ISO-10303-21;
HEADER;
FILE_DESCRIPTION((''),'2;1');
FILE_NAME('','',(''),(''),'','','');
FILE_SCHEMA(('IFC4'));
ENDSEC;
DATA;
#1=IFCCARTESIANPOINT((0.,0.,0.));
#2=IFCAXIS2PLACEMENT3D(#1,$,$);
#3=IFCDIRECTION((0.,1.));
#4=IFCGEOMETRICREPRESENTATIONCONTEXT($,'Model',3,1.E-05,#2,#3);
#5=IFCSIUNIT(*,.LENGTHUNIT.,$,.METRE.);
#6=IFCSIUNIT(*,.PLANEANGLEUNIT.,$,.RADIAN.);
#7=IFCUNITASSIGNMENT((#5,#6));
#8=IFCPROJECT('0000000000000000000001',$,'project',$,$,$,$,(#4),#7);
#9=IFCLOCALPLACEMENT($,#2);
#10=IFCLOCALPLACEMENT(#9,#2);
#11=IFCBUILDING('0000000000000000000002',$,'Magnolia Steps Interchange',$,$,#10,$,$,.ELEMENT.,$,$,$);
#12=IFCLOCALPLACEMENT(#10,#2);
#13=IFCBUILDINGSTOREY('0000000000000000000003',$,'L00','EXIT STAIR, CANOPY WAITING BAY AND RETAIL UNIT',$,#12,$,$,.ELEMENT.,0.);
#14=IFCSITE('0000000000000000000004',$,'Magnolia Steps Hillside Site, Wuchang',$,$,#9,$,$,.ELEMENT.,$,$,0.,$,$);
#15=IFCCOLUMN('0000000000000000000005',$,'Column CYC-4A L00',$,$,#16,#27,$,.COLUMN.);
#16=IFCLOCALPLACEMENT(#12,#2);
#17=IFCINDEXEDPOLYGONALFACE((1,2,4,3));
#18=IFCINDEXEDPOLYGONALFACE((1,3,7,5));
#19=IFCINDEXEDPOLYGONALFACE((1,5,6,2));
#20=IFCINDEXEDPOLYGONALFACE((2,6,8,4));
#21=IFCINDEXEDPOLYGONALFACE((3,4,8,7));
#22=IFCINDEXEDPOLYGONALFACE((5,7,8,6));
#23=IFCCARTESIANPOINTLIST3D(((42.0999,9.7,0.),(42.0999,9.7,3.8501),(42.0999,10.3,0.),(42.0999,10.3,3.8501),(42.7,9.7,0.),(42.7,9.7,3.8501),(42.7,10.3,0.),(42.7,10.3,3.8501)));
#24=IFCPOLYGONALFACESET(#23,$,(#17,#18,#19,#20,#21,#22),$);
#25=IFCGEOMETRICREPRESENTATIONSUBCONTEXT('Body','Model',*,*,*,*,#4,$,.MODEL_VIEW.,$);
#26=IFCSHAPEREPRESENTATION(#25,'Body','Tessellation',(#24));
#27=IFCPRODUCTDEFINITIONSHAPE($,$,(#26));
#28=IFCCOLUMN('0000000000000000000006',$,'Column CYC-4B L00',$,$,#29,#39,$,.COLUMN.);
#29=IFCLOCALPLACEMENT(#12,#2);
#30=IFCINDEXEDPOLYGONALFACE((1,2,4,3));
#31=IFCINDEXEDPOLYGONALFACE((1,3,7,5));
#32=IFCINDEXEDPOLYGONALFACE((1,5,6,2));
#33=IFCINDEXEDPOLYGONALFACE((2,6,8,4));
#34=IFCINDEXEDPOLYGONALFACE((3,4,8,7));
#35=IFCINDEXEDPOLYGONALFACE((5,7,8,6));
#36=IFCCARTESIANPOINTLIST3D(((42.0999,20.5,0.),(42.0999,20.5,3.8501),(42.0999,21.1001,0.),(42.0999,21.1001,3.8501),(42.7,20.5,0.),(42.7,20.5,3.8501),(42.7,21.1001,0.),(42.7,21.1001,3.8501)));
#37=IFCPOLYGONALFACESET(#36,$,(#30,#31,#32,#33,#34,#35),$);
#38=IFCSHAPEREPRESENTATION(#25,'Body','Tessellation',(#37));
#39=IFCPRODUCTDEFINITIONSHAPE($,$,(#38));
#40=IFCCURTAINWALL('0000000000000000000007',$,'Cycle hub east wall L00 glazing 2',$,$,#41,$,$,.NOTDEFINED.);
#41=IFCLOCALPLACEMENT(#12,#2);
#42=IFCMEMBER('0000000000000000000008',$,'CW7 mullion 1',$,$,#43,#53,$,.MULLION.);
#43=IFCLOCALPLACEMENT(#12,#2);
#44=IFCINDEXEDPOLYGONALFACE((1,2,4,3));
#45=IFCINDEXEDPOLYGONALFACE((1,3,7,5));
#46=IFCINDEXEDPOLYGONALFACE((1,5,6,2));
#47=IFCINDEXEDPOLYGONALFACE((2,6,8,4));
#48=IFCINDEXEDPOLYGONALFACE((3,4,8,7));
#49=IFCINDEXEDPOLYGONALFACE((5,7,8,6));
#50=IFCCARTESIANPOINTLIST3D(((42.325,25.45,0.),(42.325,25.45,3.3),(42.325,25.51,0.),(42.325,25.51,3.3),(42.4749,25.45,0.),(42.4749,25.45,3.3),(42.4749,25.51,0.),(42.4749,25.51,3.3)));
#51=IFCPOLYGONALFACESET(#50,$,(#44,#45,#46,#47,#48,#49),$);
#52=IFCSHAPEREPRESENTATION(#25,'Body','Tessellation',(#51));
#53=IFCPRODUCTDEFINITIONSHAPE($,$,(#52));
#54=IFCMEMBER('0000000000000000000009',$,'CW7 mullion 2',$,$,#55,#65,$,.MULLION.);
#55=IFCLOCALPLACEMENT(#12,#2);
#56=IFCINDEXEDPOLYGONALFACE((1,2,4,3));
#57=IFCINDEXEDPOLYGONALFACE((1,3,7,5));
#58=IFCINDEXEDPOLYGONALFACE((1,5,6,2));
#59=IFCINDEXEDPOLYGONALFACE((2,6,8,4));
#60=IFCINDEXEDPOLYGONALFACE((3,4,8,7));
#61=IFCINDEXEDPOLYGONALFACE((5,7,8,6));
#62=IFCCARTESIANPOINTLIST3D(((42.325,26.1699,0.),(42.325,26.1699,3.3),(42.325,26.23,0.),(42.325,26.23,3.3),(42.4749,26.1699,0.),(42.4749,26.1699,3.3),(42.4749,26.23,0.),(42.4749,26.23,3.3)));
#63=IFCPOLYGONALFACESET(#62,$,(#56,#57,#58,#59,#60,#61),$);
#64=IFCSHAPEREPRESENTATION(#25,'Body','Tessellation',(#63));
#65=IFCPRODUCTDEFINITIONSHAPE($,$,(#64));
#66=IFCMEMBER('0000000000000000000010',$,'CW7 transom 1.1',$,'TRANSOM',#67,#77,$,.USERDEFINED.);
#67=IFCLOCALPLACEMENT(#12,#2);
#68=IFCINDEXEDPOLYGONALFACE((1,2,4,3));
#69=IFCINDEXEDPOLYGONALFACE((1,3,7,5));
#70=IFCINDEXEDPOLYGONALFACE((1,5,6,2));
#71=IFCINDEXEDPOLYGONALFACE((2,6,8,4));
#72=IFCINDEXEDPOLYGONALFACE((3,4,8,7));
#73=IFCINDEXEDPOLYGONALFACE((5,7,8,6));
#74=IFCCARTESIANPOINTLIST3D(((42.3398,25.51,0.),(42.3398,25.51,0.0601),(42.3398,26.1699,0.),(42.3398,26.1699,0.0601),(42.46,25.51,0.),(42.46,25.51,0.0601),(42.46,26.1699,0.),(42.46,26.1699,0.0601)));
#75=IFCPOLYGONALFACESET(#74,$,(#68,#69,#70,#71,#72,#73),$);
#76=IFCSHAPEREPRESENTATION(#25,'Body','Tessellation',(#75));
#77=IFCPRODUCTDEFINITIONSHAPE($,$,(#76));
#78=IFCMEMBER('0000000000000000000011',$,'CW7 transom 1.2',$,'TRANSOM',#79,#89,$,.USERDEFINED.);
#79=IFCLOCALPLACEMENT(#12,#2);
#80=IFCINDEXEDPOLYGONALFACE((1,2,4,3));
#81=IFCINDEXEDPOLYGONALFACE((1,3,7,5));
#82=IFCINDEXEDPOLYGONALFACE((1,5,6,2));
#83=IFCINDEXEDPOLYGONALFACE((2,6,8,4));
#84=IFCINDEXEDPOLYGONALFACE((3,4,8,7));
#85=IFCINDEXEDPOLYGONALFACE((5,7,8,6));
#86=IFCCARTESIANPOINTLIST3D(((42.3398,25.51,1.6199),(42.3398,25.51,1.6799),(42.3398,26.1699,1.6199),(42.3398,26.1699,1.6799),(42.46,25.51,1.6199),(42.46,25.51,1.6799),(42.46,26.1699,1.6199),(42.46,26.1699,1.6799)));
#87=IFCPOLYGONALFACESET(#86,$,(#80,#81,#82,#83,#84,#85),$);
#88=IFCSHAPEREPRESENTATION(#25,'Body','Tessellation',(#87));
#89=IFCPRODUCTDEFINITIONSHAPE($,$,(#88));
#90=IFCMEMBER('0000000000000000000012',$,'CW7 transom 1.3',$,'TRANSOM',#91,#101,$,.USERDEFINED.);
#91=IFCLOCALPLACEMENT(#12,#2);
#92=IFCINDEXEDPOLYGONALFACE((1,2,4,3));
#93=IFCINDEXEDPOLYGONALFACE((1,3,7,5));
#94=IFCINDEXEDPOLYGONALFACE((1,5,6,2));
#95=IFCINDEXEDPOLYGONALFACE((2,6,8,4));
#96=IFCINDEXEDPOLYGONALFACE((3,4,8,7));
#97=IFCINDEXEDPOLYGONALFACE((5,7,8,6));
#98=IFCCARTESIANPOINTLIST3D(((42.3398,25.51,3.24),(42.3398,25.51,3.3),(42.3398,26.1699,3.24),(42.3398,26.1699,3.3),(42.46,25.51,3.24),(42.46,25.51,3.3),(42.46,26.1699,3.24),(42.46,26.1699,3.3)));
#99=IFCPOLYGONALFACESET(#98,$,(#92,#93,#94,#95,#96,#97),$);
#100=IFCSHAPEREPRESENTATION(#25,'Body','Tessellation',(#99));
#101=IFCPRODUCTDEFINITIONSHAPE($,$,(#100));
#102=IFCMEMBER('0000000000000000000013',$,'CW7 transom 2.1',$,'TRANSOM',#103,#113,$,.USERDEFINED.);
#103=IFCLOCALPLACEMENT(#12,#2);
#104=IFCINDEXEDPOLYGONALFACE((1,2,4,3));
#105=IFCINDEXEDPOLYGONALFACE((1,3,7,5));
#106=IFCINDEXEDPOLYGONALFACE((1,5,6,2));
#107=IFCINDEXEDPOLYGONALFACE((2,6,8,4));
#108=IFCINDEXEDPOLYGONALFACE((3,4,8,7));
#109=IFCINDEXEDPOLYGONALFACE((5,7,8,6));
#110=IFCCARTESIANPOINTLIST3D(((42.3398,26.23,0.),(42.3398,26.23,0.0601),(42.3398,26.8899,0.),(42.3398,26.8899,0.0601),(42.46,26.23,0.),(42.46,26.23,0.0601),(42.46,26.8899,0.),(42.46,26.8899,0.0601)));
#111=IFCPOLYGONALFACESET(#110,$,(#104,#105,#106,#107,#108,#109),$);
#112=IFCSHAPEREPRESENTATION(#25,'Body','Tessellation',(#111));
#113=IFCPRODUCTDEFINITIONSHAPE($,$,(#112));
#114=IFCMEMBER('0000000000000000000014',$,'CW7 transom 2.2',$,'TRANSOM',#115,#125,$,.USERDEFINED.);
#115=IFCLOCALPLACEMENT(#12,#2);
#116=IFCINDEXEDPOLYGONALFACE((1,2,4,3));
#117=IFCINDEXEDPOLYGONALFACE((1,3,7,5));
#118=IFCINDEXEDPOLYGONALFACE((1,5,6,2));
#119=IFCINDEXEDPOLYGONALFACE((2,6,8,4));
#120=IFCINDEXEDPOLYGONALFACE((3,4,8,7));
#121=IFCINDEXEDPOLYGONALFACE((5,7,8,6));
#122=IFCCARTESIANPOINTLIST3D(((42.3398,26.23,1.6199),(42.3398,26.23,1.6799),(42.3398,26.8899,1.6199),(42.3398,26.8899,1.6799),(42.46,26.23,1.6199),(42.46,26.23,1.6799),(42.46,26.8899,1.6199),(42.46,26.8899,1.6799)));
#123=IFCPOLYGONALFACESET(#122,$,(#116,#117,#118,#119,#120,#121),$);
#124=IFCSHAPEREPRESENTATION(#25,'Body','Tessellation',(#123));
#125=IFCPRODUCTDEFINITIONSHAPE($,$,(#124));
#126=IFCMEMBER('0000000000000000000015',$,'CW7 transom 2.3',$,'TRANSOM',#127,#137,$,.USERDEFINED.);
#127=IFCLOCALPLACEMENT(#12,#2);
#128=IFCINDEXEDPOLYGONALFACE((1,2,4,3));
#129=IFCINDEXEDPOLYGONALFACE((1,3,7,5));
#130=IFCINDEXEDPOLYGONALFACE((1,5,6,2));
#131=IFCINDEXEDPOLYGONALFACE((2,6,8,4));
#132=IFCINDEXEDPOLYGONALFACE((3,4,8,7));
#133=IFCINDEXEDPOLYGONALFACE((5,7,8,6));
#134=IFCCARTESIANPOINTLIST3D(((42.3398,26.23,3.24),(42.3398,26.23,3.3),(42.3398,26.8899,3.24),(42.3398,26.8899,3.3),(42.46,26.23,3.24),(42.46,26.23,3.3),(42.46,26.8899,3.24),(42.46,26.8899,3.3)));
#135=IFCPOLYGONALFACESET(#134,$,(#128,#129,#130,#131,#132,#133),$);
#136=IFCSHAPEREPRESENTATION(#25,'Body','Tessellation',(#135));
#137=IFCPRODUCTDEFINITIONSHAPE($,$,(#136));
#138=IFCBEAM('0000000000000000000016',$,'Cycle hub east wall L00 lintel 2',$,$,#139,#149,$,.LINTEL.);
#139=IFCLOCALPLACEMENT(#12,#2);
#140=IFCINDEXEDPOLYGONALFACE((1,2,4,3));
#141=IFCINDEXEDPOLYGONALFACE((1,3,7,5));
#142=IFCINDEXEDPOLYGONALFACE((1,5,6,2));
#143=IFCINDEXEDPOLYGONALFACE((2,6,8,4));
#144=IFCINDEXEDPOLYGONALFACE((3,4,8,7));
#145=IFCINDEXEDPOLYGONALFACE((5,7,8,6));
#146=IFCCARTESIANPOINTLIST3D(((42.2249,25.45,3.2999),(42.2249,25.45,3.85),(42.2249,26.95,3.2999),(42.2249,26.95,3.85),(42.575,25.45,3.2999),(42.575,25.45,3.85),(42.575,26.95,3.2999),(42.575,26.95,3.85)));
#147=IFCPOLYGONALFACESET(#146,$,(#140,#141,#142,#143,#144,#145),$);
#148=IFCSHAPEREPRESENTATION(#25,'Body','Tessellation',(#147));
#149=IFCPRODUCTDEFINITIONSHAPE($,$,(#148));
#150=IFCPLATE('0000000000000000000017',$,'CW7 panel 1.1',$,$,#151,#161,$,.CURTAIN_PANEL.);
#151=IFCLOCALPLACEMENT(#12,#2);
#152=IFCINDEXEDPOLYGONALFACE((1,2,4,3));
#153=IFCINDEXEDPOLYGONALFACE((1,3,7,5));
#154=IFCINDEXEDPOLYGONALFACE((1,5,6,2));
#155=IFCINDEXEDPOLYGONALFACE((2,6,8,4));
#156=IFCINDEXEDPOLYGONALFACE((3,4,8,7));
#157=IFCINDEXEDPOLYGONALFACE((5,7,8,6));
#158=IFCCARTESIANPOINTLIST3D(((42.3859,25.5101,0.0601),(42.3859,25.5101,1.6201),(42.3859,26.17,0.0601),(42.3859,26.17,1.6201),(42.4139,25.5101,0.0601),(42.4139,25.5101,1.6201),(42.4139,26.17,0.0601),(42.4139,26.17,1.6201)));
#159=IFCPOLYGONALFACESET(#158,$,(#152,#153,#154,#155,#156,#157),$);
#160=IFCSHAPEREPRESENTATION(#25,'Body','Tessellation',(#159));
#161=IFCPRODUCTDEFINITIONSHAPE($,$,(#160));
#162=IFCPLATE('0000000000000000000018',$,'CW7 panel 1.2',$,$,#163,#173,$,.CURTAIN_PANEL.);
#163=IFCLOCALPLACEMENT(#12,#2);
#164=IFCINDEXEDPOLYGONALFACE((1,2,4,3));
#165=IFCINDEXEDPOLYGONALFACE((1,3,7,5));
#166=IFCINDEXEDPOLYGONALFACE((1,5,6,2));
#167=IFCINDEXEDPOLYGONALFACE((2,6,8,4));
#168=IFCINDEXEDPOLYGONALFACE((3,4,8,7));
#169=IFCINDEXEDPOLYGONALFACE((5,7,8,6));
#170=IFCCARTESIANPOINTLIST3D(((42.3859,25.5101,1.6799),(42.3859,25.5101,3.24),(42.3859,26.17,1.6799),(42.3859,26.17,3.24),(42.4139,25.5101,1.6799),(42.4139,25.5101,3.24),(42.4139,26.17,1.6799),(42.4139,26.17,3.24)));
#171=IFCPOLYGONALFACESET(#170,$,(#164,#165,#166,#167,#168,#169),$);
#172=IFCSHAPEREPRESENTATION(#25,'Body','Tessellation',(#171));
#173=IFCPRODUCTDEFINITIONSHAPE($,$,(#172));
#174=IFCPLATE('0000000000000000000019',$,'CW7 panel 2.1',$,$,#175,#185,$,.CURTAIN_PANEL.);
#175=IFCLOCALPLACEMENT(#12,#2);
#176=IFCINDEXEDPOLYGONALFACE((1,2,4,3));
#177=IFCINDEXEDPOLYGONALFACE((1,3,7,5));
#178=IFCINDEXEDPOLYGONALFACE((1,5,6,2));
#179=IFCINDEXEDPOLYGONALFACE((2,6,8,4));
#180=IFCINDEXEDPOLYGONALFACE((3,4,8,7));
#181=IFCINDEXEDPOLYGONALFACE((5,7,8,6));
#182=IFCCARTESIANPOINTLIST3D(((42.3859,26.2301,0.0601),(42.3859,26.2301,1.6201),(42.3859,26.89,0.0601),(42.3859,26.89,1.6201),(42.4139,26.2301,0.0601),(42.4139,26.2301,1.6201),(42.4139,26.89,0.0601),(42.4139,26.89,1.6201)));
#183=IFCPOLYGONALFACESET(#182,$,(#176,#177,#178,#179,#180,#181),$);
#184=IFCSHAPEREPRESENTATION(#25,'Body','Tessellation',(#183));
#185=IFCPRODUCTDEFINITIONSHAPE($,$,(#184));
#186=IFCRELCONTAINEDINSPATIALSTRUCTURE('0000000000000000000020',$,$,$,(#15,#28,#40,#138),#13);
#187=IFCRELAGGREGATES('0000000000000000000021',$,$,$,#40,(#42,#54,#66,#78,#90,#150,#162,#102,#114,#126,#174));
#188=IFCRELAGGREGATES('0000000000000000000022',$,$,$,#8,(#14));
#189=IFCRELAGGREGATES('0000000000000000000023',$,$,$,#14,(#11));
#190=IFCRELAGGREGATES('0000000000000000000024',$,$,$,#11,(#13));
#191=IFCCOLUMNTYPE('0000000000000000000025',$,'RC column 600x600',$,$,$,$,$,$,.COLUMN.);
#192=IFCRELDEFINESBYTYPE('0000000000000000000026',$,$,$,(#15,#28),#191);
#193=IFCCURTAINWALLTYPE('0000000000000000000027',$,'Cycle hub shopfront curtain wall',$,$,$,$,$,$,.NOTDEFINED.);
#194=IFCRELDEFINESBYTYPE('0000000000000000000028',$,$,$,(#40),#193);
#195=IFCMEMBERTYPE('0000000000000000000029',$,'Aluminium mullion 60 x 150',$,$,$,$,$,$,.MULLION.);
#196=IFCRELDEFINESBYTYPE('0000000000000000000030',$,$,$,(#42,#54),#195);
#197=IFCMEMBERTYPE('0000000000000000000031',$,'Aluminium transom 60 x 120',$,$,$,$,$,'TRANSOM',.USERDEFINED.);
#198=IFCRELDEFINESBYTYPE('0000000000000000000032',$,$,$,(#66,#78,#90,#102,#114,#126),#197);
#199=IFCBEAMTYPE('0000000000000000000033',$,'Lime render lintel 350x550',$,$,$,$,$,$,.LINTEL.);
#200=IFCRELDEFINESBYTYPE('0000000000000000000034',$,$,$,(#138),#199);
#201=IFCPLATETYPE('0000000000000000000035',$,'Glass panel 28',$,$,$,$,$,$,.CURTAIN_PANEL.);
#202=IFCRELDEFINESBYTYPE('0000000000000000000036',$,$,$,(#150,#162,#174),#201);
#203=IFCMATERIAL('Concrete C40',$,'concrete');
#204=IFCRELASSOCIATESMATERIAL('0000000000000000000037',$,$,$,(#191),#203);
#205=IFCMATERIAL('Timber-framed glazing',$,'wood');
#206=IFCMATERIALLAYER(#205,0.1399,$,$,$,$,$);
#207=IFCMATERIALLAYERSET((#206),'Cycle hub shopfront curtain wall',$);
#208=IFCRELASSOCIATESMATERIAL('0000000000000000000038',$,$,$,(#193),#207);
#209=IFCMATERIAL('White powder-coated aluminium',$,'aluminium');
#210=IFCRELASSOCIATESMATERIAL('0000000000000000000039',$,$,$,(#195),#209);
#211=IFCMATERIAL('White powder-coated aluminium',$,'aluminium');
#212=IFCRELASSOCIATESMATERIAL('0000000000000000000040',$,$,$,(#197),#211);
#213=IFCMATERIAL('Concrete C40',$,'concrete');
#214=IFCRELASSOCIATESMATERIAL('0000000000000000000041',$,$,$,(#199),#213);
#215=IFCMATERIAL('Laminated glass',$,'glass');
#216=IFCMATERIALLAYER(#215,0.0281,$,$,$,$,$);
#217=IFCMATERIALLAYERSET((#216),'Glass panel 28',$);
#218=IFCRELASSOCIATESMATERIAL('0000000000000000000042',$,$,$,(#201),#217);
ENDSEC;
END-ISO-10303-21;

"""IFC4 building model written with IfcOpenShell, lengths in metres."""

from ifc_helpers import new_model, si_unit, direction, frame, origin, origin_2d, place, context, subcontext, project, spatial, rectangle, extrude, material, layer, layer_set, material_profile, profile_set, type_object, element, aggregate, save


model = new_model("IFC4")

# Units and contexts
model_context = context("Model", 3, precision=1e-05, world=origin(), true_north=direction((0.0, 1.0)))
body_context = subcontext(model_context, "Body", "Model", "MODEL_VIEW")
ifc_project = project(units=[si_unit("LENGTHUNIT", "METRE"), si_unit("PLANEANGLEUNIT", "RADIAN")], contexts=[model_context])

# Site, building, storey
site_placement = place(None, origin())
site = spatial("IfcSite", under=ifc_project, at=site_placement, Name="Magnolia Steps Hillside Site, Wuchang", CompositionType="ELEMENT", RefElevation=0.0)
building_placement = place(site_placement, origin())
building = spatial("IfcBuilding", under=site, at=building_placement, Name="Magnolia Steps Interchange", CompositionType="ELEMENT")
storey_placement = place(building_placement, origin())
storey = spatial("IfcBuildingStorey", under=building, at=storey_placement, Name="L00", Description="EXIT STAIR, CANOPY WAITING BAY AND RETAIL UNIT", CompositionType="ELEMENT", Elevation=0.0)

# Columns
ifc_material_1 = material(Name="Concrete C40", Category="concrete")
ifc_material_profile_1 = material_profile(ifc_material_1, rectangle(XDim=0.6001, YDim=0.6001, at=origin_2d()), Name="RC600x600")
ifc_profile_set_1 = profile_set([ifc_material_profile_1], Name="Concrete C40")
column_type = type_object("IfcColumnType", Name="RC column 600x600", PredefinedType="COLUMN", material=ifc_profile_set_1)
for number, where, z_axis, x_axis, name in (
    (1, (42.3999, 10.0, 0.0), (0.0, 0.0, 1.0), (1.0, 0.0, 0.0), "Column CYC-4A L00"),
    (2, (42.3999, 20.8, 0.0), (0.0, 0.0, 1.0), (1.0, 0.0, 0.0), "Column CYC-4B L00"),
):
    element("IfcColumn", number, at=place(storey_placement, frame(where, z_axis=z_axis, x_axis=x_axis)), inside=storey, type_object=column_type, Name=name, PredefinedType="COLUMN", context=body_context, shape_type="SweptSolid", body=[
        extrude(rectangle(XDim=0.6001, YDim=0.6001, at=origin_2d()), origin(), (0.0, 0.0, 1.0), 3.8501),
    ])

# Curtain wall, members
ifc_material_2 = material(Name="Timber-framed glazing", Category="wood")
ifc_layer_1 = layer(ifc_material_2, 0.1399)
ifc_layer_set_1 = layer_set([ifc_layer_1], Name="Cycle hub shopfront curtain wall")
curtain_wall_type = type_object("IfcCurtainWallType", Name="Cycle hub shopfront curtain wall", PredefinedType="NOTDEFINED", material=ifc_layer_set_1)
curtain_wall_placement = place(storey_placement, origin())
curtain_wall = element("IfcCurtainWall", 3, at=curtain_wall_placement, inside=storey, type_object=curtain_wall_type, Name="Cycle hub east wall L00 glazing 2", PredefinedType="NOTDEFINED")
ifc_material_3 = material(Name="White powder-coated aluminium", Category="aluminium")
ifc_material_profile_2 = material_profile(ifc_material_3, rectangle(XDim=0.0601, YDim=0.1499, at=origin_2d()), Name="Aluminium mullion 60 x 150")
ifc_profile_set_2 = profile_set([ifc_material_profile_2], Name="White powder-coated aluminium")
member_type_1 = type_object("IfcMemberType", Name="Aluminium mullion 60 x 150", PredefinedType="MULLION", material=ifc_profile_set_2)
member_1_placement = place(storey_placement, frame((42.3999, 25.48, 0.0), z_axis=(0.0, 0.0, 1.0), x_axis=(0.0, 1.0, 0.0)))
member_1 = element("IfcMember", 4, at=member_1_placement, type_object=member_type_1, Name="CW7 mullion 1", PredefinedType="MULLION", context=body_context, shape_type="SweptSolid", body=[
    extrude(rectangle(XDim=0.0601, YDim=0.1499, at=origin_2d()), origin(), (0.0, 0.0, 1.0), 3.3),
])
member_2_placement = place(storey_placement, frame((42.3999, 26.2, 0.0), z_axis=(0.0, 0.0, 1.0), x_axis=(0.0, 1.0, 0.0)))
member_2 = element("IfcMember", 5, at=member_2_placement, type_object=member_type_1, Name="CW7 mullion 2", PredefinedType="MULLION", context=body_context, shape_type="SweptSolid", body=[
    extrude(rectangle(XDim=0.0601, YDim=0.1499, at=origin_2d()), origin(), (0.0, 0.0, 1.0), 3.3),
])
ifc_material_4 = material(Name="White powder-coated aluminium", Category="aluminium")
ifc_material_profile_3 = material_profile(ifc_material_4, rectangle(XDim=0.0601, YDim=0.1201, at=origin_2d()), Name="Aluminium transom 60 x 120")
ifc_profile_set_3 = profile_set([ifc_material_profile_3], Name="White powder-coated aluminium")
member_type_2 = type_object("IfcMemberType", Name="Aluminium transom 60 x 120", ElementType="TRANSOM", PredefinedType="USERDEFINED", material=ifc_profile_set_3)
member_3_placement = place(storey_placement, frame((42.3999, 25.51, 0.03), z_axis=(0.0, 1.0, 0.0), x_axis=(0.0, 0.0, 1.0)))
member_3 = element("IfcMember", 6, at=member_3_placement, type_object=member_type_2, Name="CW7 transom 1.1", ObjectType="TRANSOM", PredefinedType="USERDEFINED", context=body_context, shape_type="SweptSolid", body=[
    extrude(rectangle(XDim=0.0601, YDim=0.1201, at=origin_2d()), origin(), (0.0, 0.0, 1.0), 0.6599),
])
member_4_placement = place(storey_placement, frame((42.3999, 25.51, 1.6499), z_axis=(0.0, 1.0, 0.0), x_axis=(0.0, 0.0, 1.0)))
member_4 = element("IfcMember", 7, at=member_4_placement, type_object=member_type_2, Name="CW7 transom 1.2", ObjectType="TRANSOM", PredefinedType="USERDEFINED", context=body_context, shape_type="SweptSolid", body=[
    extrude(rectangle(XDim=0.0601, YDim=0.1201, at=origin_2d()), origin(), (0.0, 0.0, 1.0), 0.6599),
])
member_5_placement = place(storey_placement, frame((42.3999, 25.51, 3.27), z_axis=(0.0, 1.0, 0.0), x_axis=(0.0, 0.0, 1.0)))
member_5 = element("IfcMember", 8, at=member_5_placement, type_object=member_type_2, Name="CW7 transom 1.3", ObjectType="TRANSOM", PredefinedType="USERDEFINED", context=body_context, shape_type="SweptSolid", body=[
    extrude(rectangle(XDim=0.0601, YDim=0.1201, at=origin_2d()), origin(), (0.0, 0.0, 1.0), 0.6599),
])
member_6_placement = place(storey_placement, frame((42.3999, 26.23, 0.03), z_axis=(0.0, 1.0, 0.0), x_axis=(0.0, 0.0, 1.0)))
member_6 = element("IfcMember", 9, at=member_6_placement, type_object=member_type_2, Name="CW7 transom 2.1", ObjectType="TRANSOM", PredefinedType="USERDEFINED", context=body_context, shape_type="SweptSolid", body=[
    extrude(rectangle(XDim=0.0601, YDim=0.1201, at=origin_2d()), origin(), (0.0, 0.0, 1.0), 0.6599),
])
member_7_placement = place(storey_placement, frame((42.3999, 26.23, 1.6499), z_axis=(0.0, 1.0, 0.0), x_axis=(0.0, 0.0, 1.0)))
member_7 = element("IfcMember", 10, at=member_7_placement, type_object=member_type_2, Name="CW7 transom 2.2", ObjectType="TRANSOM", PredefinedType="USERDEFINED", context=body_context, shape_type="SweptSolid", body=[
    extrude(rectangle(XDim=0.0601, YDim=0.1201, at=origin_2d()), origin(), (0.0, 0.0, 1.0), 0.6599),
])
member_8_placement = place(storey_placement, frame((42.3999, 26.23, 3.27), z_axis=(0.0, 1.0, 0.0), x_axis=(0.0, 0.0, 1.0)))
member_8 = element("IfcMember", 11, at=member_8_placement, type_object=member_type_2, Name="CW7 transom 2.3", ObjectType="TRANSOM", PredefinedType="USERDEFINED", context=body_context, shape_type="SweptSolid", body=[
    extrude(rectangle(XDim=0.0601, YDim=0.1201, at=origin_2d()), origin(), (0.0, 0.0, 1.0), 0.6599),
])

# Beam
ifc_material_5 = material(Name="Concrete C40", Category="concrete")
ifc_material_profile_4 = material_profile(ifc_material_5, rectangle(XDim=0.3501, YDim=0.55, at=origin_2d()), Name="RC350x550")
ifc_profile_set_4 = profile_set([ifc_material_profile_4], Name="Concrete C40")
beam_type = type_object("IfcBeamType", Name="Lime render lintel 350x550", PredefinedType="LINTEL", material=ifc_profile_set_4)
beam_placement = place(storey_placement, frame((42.3999, 25.45, 3.575), z_axis=(0.0, 1.0, 0.0), x_axis=(-1.0, 0.0, 0.0)))
element("IfcBeam", 12, at=beam_placement, inside=storey, type_object=beam_type, Name="Cycle hub east wall L00 lintel 2", PredefinedType="LINTEL", context=body_context, shape_type="SweptSolid", body=[
    extrude(rectangle(XDim=0.3501, YDim=0.55, at=origin_2d()), origin(), (0.0, 0.0, 1.0), 1.5),
])

# Plates
ifc_material_6 = material(Name="Laminated glass", Category="glass")
ifc_layer_2 = layer(ifc_material_6, 0.0281)
ifc_layer_set_2 = layer_set([ifc_layer_2], Name="Glass panel 28")
plate_type = type_object("IfcPlateType", Name="Glass panel 28", PredefinedType="CURTAIN_PANEL", material=ifc_layer_set_2)
plate_1_placement = place(storey_placement, frame((42.3999, 25.8401, 0.0601), z_axis=(0.0, 0.0, 1.0), x_axis=(0.0, 1.0, 0.0)))
plate_1 = element("IfcPlate", 13, at=plate_1_placement, type_object=plate_type, Name="CW7 panel 1.1", PredefinedType="CURTAIN_PANEL", context=body_context, shape_type="SweptSolid", body=[
    extrude(rectangle(XDim=0.6599, YDim=0.0281, at=origin_2d()), origin(), (0.0, 0.0, 1.0), 1.5601),
])
plate_2_placement = place(storey_placement, frame((42.3999, 25.8401, 1.6799), z_axis=(0.0, 0.0, 1.0), x_axis=(0.0, 1.0, 0.0)))
plate_2 = element("IfcPlate", 14, at=plate_2_placement, type_object=plate_type, Name="CW7 panel 1.2", PredefinedType="CURTAIN_PANEL", context=body_context, shape_type="SweptSolid", body=[
    extrude(rectangle(XDim=0.6599, YDim=0.0281, at=origin_2d()), origin(), (0.0, 0.0, 1.0), 1.5601),
])
plate_3_placement = place(storey_placement, frame((42.3999, 26.5601, 0.0601), z_axis=(0.0, 0.0, 1.0), x_axis=(0.0, 1.0, 0.0)))
plate_3 = element("IfcPlate", 15, at=plate_3_placement, type_object=plate_type, Name="CW7 panel 2.1", PredefinedType="CURTAIN_PANEL", context=body_context, shape_type="SweptSolid", body=[
    extrude(rectangle(XDim=0.6599, YDim=0.0281, at=origin_2d()), origin(), (0.0, 0.0, 1.0), 1.5601),
])
aggregate(curtain_wall, [member_1, member_2, member_3, member_4, member_5, plate_1, plate_2, member_6, member_7, member_8, plate_3])

save(model, "model.ifc")
